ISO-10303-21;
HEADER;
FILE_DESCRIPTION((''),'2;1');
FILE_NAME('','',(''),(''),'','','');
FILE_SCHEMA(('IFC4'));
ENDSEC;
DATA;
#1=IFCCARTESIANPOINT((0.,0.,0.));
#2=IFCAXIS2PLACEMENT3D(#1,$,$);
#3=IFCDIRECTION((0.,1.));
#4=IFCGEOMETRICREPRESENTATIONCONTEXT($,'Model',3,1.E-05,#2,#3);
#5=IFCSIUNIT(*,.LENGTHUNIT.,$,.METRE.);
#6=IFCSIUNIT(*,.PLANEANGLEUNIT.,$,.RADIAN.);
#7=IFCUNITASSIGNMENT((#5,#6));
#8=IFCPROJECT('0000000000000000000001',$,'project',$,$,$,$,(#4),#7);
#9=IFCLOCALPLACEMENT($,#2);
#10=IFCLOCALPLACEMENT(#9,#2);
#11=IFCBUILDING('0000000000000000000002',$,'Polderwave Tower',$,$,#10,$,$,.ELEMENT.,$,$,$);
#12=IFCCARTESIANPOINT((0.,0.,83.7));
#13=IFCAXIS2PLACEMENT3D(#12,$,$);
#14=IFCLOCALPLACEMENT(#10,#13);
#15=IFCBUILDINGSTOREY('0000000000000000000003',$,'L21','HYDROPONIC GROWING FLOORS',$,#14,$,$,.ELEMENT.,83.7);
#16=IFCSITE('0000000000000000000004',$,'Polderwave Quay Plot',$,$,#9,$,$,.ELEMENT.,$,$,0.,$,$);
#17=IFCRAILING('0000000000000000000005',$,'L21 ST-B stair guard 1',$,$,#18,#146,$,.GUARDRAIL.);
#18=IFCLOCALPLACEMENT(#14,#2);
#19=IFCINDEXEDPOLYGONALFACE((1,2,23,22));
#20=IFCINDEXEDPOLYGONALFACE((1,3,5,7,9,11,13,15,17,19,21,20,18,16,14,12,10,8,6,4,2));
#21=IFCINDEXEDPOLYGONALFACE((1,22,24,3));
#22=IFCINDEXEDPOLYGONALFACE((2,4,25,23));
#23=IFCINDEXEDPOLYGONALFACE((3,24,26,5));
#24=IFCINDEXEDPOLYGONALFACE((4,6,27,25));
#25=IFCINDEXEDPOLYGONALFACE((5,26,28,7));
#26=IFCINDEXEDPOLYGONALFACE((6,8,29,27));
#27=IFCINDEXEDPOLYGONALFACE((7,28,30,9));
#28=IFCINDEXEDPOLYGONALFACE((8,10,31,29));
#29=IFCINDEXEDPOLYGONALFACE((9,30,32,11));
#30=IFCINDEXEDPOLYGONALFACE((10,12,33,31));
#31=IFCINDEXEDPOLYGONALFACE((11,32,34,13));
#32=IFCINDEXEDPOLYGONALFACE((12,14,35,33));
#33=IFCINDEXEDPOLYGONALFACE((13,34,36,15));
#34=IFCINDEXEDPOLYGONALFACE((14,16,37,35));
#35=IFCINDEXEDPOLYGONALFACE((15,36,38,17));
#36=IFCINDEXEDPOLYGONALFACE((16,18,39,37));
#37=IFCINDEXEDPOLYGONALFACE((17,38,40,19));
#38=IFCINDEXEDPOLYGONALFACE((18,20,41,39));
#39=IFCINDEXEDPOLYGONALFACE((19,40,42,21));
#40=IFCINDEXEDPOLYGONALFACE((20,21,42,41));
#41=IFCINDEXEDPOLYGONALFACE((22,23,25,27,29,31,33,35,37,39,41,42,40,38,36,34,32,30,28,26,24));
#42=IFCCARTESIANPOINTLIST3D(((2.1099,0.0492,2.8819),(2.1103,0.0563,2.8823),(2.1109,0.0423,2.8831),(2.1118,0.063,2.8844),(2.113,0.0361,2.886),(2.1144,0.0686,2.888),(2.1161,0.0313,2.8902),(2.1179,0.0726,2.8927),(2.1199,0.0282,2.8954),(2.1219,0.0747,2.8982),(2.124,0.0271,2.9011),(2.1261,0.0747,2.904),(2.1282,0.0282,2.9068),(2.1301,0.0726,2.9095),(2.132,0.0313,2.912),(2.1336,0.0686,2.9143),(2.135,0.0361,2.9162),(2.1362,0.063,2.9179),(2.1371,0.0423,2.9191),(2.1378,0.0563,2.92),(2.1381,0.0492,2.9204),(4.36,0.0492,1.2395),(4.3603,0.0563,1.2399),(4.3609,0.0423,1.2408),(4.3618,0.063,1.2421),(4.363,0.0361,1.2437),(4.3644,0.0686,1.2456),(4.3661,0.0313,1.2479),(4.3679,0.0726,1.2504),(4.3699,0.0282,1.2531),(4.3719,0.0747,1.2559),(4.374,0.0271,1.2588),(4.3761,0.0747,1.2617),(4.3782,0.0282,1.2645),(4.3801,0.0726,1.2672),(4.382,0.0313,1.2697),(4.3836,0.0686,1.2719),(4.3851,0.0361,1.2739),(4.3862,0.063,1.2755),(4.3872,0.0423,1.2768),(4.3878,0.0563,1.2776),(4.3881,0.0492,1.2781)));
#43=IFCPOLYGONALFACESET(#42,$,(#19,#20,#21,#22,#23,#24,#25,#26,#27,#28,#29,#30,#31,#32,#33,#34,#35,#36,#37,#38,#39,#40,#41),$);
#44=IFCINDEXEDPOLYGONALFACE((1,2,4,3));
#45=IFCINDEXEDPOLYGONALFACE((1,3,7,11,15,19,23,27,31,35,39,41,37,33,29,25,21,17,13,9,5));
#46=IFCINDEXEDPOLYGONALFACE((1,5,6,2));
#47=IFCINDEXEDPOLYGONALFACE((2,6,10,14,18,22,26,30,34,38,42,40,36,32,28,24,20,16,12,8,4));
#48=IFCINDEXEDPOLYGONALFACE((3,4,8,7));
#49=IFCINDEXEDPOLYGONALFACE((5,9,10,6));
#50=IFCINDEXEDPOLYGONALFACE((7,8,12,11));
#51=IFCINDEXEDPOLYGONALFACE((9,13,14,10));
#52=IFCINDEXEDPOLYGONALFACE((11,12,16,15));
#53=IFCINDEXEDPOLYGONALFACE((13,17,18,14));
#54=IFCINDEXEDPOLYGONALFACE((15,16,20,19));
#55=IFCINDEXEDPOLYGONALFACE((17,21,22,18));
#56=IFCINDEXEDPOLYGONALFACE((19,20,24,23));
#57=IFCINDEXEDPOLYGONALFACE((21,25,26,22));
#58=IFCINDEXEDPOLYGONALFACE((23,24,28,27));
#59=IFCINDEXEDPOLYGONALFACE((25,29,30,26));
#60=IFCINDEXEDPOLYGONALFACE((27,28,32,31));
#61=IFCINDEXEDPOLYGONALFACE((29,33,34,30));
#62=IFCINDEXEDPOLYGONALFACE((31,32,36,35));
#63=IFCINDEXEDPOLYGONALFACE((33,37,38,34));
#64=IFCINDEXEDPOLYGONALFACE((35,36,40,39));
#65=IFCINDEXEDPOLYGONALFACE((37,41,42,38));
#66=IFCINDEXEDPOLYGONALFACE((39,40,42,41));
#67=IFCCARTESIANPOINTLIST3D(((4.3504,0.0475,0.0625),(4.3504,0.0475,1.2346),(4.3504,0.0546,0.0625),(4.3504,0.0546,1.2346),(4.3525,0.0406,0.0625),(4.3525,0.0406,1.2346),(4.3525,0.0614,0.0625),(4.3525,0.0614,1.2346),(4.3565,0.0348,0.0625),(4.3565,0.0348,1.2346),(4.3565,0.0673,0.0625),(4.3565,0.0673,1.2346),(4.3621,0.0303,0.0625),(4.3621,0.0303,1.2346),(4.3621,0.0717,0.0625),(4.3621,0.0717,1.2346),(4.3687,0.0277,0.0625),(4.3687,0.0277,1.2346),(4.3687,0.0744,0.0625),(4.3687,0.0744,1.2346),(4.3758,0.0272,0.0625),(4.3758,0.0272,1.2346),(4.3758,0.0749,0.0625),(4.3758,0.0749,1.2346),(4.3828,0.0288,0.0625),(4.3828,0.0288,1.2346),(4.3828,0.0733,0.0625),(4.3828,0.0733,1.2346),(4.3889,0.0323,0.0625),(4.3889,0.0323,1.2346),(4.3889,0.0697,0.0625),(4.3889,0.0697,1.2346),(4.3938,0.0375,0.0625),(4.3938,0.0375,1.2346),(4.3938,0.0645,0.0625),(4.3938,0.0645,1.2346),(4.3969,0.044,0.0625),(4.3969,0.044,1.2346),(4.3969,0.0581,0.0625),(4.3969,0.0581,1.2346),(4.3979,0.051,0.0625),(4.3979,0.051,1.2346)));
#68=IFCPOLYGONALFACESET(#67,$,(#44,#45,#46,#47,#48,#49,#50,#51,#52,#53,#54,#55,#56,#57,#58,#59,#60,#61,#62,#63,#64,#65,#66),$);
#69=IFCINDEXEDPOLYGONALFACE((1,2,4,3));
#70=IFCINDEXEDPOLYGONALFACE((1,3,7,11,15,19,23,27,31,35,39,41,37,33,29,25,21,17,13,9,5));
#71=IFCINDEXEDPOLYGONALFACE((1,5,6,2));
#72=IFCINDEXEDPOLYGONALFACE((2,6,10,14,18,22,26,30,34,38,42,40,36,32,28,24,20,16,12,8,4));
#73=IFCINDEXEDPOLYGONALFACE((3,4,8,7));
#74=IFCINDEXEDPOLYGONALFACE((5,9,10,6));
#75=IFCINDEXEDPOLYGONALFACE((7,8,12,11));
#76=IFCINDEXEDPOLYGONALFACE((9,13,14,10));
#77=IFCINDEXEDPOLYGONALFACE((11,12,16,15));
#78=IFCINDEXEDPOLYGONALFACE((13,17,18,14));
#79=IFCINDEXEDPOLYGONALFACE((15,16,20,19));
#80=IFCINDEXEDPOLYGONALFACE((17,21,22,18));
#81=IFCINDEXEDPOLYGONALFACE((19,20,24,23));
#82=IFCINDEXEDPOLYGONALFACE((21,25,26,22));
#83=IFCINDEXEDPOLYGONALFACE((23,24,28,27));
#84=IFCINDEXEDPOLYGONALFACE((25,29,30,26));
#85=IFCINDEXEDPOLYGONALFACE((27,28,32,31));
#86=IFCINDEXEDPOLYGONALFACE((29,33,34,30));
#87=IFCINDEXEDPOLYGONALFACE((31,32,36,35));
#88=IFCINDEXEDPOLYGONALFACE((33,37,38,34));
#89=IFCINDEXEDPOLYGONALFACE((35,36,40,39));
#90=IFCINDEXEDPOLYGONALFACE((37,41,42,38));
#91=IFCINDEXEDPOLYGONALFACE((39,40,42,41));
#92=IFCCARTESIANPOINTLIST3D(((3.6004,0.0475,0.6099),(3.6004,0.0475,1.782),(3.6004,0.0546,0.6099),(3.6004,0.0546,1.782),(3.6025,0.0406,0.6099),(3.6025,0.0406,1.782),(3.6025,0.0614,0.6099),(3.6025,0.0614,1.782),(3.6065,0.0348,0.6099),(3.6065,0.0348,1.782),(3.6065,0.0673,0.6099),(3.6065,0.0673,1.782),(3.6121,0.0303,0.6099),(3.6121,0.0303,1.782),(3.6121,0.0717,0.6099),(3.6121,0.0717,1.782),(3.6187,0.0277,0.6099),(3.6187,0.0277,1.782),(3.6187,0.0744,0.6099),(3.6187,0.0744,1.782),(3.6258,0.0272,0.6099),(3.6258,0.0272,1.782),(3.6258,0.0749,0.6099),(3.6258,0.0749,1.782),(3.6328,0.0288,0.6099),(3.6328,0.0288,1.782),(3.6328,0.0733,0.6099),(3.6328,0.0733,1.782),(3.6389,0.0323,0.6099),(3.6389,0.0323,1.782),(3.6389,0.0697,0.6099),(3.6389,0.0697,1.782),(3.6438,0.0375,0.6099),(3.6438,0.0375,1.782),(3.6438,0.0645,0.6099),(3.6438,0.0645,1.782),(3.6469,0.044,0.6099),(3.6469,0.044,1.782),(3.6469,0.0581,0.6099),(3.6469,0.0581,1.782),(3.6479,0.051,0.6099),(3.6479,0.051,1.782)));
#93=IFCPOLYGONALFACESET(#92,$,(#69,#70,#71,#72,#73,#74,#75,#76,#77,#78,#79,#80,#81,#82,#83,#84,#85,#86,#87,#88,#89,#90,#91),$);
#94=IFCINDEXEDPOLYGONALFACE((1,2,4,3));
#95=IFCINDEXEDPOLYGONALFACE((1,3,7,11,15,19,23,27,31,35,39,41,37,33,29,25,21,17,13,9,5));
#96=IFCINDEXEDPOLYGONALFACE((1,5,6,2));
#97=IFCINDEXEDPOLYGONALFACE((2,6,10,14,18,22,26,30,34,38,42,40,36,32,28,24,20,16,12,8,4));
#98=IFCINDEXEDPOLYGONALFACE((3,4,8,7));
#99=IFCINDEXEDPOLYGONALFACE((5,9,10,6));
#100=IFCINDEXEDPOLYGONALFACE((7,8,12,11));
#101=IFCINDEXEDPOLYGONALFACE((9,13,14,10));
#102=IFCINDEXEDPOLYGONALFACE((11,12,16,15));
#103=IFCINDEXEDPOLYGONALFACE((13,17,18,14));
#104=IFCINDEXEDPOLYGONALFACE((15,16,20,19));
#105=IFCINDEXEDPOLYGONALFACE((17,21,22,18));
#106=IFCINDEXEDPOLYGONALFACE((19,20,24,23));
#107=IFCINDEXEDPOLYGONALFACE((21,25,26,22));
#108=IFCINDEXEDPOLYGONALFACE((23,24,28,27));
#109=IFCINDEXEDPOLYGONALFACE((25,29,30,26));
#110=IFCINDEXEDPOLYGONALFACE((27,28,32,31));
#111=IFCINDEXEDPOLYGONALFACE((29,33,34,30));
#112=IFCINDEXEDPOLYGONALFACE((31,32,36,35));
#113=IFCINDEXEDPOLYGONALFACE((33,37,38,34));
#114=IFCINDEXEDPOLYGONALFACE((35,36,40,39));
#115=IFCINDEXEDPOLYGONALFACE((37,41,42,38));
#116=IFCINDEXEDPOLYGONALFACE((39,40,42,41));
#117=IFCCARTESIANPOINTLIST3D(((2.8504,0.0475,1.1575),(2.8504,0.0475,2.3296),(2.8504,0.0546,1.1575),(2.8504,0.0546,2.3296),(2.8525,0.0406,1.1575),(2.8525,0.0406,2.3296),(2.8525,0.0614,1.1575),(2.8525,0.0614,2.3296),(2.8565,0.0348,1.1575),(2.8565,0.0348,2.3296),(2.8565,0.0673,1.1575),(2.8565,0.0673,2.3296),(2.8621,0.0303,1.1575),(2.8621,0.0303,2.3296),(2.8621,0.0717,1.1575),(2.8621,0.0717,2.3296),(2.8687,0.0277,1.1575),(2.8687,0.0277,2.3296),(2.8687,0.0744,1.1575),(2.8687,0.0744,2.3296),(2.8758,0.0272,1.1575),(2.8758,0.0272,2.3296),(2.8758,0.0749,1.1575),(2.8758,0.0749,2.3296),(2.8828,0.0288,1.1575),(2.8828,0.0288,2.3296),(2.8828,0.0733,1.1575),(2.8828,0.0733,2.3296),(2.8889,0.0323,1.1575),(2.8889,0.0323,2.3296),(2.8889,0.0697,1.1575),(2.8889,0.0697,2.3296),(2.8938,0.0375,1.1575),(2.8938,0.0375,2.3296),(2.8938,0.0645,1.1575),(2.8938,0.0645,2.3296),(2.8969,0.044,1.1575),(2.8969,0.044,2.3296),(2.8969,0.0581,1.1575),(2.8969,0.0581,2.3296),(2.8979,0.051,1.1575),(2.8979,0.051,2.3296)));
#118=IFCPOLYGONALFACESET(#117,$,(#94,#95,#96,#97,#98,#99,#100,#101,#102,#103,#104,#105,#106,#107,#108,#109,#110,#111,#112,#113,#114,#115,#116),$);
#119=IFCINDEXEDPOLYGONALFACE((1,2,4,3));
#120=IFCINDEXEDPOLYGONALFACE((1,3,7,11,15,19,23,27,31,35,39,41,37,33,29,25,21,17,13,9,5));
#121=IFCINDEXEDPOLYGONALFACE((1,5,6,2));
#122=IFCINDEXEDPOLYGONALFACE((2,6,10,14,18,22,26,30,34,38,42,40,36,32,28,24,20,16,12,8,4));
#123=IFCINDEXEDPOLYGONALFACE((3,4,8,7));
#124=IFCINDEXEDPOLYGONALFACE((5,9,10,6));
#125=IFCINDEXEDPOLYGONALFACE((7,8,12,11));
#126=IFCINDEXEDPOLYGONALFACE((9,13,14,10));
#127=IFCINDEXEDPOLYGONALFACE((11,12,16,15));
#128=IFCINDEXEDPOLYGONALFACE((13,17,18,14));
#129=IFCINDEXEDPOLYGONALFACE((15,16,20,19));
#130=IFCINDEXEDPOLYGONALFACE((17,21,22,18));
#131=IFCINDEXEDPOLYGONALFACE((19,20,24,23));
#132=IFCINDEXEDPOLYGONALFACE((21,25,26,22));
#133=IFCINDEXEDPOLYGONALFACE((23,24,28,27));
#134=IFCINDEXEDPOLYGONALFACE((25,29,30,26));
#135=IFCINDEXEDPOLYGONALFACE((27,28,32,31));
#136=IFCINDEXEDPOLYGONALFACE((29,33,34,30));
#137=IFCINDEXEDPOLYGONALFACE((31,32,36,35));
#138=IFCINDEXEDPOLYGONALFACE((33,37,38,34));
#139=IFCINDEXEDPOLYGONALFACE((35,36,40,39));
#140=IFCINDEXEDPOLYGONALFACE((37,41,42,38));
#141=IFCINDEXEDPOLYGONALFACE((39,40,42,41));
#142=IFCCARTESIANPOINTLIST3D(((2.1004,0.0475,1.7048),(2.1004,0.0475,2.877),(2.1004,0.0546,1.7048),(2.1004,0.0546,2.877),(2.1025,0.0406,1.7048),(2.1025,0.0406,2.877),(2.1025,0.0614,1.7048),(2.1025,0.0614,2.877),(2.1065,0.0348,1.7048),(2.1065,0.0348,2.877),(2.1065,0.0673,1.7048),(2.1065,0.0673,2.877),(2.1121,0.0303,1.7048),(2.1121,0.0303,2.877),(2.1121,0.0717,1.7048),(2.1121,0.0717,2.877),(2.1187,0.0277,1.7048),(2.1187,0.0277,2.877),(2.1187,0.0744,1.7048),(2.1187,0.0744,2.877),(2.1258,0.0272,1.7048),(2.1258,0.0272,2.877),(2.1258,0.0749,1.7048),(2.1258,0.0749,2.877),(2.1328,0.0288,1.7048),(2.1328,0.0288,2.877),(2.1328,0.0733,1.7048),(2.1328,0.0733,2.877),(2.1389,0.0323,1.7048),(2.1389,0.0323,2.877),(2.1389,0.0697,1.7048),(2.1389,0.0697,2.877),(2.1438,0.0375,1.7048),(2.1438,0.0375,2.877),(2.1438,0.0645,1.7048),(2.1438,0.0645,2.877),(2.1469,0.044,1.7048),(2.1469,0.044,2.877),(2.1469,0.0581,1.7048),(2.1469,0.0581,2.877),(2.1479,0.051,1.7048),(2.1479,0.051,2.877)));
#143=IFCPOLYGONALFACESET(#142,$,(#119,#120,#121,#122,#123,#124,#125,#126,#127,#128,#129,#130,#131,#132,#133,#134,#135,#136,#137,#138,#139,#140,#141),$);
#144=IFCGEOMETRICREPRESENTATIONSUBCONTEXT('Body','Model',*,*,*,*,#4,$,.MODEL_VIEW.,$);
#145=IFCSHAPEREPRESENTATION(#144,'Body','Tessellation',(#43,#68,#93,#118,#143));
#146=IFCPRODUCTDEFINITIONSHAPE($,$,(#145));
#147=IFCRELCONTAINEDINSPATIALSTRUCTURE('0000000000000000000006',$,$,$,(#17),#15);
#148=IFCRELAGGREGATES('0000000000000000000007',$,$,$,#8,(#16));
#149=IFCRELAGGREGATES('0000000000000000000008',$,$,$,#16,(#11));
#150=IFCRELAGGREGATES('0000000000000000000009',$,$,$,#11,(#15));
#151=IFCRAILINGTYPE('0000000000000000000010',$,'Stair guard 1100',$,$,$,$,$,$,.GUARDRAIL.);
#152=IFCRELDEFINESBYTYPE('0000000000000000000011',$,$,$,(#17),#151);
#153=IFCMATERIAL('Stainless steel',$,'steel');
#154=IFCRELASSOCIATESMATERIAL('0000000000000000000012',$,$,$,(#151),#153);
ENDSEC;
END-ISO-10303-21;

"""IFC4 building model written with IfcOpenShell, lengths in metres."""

from ifc_helpers import new_model, si_unit, direction, frame, origin, origin_2d, place, context, subcontext, project, spatial, circle, extrude, material, type_object, element, save


model = new_model("IFC4")

# Units and contexts
model_context = context("Model", 3, precision=1e-05, world=origin(), true_north=direction((0.0, 1.0)))
body_context = subcontext(model_context, "Body", "Model", "MODEL_VIEW")
ifc_project = project(units=[si_unit("LENGTHUNIT", "METRE"), si_unit("PLANEANGLEUNIT", "RADIAN")], contexts=[model_context])

# Site, building, storey
site_placement = place(None, origin())
site = spatial("IfcSite", under=ifc_project, at=site_placement, Name="Polderwave Quay Plot", CompositionType="ELEMENT", RefElevation=0.0)
building_placement = place(site_placement, origin())
building = spatial("IfcBuilding", under=site, at=building_placement, Name="Polderwave Tower", CompositionType="ELEMENT")
storey_placement = place(building_placement, frame((0.0, 0.0, 83.7)))
storey = spatial("IfcBuildingStorey", under=building, at=storey_placement, Name="L21", Description="HYDROPONIC GROWING FLOORS", CompositionType="ELEMENT", Elevation=83.7)

# Railing
ifc_material_1 = material(Name="Stainless steel", Category="steel")
railing_type_1 = type_object("IfcRailingType", Name="Stair guard 1100", PredefinedType="GUARDRAIL", material=ifc_material_1)
railing_1_placement = place(storey_placement, frame((4.374, 0.051, 0.0625)))
element("IfcRailing", 1, at=railing_1_placement, inside=storey, type_object=railing_type_1, Name="L21 ST-B stair guard 1", PredefinedType="GUARDRAIL", context=body_context, shape_type="SweptSolid", body=[
    extrude(circle(Radius=0.0239, at=origin_2d()), frame((0.0, 0.0, 1.1963), z_axis=(-0.807715, 0.0, 0.589573), x_axis=(0.0, -1.0, 0.0)), (0.0, 0.0, 1.0), 2.7856),
    extrude(circle(Radius=0.0239, at=origin_2d()), origin(), (0.0, 0.0, 1.0), 1.1721),
    extrude(circle(Radius=0.0239, at=origin_2d()), frame((-0.75, 0.0, 0.5474)), (0.0, 0.0, 1.0), 1.1721),
    extrude(circle(Radius=0.0239, at=origin_2d()), frame((-1.5, 0.0, 1.095)), (0.0, 0.0, 1.0), 1.1721),
    extrude(circle(Radius=0.0239, at=origin_2d()), frame((-2.25, 0.0, 1.6423)), (0.0, 0.0, 1.0), 1.1721),
])

save(model, "model.ifc")
